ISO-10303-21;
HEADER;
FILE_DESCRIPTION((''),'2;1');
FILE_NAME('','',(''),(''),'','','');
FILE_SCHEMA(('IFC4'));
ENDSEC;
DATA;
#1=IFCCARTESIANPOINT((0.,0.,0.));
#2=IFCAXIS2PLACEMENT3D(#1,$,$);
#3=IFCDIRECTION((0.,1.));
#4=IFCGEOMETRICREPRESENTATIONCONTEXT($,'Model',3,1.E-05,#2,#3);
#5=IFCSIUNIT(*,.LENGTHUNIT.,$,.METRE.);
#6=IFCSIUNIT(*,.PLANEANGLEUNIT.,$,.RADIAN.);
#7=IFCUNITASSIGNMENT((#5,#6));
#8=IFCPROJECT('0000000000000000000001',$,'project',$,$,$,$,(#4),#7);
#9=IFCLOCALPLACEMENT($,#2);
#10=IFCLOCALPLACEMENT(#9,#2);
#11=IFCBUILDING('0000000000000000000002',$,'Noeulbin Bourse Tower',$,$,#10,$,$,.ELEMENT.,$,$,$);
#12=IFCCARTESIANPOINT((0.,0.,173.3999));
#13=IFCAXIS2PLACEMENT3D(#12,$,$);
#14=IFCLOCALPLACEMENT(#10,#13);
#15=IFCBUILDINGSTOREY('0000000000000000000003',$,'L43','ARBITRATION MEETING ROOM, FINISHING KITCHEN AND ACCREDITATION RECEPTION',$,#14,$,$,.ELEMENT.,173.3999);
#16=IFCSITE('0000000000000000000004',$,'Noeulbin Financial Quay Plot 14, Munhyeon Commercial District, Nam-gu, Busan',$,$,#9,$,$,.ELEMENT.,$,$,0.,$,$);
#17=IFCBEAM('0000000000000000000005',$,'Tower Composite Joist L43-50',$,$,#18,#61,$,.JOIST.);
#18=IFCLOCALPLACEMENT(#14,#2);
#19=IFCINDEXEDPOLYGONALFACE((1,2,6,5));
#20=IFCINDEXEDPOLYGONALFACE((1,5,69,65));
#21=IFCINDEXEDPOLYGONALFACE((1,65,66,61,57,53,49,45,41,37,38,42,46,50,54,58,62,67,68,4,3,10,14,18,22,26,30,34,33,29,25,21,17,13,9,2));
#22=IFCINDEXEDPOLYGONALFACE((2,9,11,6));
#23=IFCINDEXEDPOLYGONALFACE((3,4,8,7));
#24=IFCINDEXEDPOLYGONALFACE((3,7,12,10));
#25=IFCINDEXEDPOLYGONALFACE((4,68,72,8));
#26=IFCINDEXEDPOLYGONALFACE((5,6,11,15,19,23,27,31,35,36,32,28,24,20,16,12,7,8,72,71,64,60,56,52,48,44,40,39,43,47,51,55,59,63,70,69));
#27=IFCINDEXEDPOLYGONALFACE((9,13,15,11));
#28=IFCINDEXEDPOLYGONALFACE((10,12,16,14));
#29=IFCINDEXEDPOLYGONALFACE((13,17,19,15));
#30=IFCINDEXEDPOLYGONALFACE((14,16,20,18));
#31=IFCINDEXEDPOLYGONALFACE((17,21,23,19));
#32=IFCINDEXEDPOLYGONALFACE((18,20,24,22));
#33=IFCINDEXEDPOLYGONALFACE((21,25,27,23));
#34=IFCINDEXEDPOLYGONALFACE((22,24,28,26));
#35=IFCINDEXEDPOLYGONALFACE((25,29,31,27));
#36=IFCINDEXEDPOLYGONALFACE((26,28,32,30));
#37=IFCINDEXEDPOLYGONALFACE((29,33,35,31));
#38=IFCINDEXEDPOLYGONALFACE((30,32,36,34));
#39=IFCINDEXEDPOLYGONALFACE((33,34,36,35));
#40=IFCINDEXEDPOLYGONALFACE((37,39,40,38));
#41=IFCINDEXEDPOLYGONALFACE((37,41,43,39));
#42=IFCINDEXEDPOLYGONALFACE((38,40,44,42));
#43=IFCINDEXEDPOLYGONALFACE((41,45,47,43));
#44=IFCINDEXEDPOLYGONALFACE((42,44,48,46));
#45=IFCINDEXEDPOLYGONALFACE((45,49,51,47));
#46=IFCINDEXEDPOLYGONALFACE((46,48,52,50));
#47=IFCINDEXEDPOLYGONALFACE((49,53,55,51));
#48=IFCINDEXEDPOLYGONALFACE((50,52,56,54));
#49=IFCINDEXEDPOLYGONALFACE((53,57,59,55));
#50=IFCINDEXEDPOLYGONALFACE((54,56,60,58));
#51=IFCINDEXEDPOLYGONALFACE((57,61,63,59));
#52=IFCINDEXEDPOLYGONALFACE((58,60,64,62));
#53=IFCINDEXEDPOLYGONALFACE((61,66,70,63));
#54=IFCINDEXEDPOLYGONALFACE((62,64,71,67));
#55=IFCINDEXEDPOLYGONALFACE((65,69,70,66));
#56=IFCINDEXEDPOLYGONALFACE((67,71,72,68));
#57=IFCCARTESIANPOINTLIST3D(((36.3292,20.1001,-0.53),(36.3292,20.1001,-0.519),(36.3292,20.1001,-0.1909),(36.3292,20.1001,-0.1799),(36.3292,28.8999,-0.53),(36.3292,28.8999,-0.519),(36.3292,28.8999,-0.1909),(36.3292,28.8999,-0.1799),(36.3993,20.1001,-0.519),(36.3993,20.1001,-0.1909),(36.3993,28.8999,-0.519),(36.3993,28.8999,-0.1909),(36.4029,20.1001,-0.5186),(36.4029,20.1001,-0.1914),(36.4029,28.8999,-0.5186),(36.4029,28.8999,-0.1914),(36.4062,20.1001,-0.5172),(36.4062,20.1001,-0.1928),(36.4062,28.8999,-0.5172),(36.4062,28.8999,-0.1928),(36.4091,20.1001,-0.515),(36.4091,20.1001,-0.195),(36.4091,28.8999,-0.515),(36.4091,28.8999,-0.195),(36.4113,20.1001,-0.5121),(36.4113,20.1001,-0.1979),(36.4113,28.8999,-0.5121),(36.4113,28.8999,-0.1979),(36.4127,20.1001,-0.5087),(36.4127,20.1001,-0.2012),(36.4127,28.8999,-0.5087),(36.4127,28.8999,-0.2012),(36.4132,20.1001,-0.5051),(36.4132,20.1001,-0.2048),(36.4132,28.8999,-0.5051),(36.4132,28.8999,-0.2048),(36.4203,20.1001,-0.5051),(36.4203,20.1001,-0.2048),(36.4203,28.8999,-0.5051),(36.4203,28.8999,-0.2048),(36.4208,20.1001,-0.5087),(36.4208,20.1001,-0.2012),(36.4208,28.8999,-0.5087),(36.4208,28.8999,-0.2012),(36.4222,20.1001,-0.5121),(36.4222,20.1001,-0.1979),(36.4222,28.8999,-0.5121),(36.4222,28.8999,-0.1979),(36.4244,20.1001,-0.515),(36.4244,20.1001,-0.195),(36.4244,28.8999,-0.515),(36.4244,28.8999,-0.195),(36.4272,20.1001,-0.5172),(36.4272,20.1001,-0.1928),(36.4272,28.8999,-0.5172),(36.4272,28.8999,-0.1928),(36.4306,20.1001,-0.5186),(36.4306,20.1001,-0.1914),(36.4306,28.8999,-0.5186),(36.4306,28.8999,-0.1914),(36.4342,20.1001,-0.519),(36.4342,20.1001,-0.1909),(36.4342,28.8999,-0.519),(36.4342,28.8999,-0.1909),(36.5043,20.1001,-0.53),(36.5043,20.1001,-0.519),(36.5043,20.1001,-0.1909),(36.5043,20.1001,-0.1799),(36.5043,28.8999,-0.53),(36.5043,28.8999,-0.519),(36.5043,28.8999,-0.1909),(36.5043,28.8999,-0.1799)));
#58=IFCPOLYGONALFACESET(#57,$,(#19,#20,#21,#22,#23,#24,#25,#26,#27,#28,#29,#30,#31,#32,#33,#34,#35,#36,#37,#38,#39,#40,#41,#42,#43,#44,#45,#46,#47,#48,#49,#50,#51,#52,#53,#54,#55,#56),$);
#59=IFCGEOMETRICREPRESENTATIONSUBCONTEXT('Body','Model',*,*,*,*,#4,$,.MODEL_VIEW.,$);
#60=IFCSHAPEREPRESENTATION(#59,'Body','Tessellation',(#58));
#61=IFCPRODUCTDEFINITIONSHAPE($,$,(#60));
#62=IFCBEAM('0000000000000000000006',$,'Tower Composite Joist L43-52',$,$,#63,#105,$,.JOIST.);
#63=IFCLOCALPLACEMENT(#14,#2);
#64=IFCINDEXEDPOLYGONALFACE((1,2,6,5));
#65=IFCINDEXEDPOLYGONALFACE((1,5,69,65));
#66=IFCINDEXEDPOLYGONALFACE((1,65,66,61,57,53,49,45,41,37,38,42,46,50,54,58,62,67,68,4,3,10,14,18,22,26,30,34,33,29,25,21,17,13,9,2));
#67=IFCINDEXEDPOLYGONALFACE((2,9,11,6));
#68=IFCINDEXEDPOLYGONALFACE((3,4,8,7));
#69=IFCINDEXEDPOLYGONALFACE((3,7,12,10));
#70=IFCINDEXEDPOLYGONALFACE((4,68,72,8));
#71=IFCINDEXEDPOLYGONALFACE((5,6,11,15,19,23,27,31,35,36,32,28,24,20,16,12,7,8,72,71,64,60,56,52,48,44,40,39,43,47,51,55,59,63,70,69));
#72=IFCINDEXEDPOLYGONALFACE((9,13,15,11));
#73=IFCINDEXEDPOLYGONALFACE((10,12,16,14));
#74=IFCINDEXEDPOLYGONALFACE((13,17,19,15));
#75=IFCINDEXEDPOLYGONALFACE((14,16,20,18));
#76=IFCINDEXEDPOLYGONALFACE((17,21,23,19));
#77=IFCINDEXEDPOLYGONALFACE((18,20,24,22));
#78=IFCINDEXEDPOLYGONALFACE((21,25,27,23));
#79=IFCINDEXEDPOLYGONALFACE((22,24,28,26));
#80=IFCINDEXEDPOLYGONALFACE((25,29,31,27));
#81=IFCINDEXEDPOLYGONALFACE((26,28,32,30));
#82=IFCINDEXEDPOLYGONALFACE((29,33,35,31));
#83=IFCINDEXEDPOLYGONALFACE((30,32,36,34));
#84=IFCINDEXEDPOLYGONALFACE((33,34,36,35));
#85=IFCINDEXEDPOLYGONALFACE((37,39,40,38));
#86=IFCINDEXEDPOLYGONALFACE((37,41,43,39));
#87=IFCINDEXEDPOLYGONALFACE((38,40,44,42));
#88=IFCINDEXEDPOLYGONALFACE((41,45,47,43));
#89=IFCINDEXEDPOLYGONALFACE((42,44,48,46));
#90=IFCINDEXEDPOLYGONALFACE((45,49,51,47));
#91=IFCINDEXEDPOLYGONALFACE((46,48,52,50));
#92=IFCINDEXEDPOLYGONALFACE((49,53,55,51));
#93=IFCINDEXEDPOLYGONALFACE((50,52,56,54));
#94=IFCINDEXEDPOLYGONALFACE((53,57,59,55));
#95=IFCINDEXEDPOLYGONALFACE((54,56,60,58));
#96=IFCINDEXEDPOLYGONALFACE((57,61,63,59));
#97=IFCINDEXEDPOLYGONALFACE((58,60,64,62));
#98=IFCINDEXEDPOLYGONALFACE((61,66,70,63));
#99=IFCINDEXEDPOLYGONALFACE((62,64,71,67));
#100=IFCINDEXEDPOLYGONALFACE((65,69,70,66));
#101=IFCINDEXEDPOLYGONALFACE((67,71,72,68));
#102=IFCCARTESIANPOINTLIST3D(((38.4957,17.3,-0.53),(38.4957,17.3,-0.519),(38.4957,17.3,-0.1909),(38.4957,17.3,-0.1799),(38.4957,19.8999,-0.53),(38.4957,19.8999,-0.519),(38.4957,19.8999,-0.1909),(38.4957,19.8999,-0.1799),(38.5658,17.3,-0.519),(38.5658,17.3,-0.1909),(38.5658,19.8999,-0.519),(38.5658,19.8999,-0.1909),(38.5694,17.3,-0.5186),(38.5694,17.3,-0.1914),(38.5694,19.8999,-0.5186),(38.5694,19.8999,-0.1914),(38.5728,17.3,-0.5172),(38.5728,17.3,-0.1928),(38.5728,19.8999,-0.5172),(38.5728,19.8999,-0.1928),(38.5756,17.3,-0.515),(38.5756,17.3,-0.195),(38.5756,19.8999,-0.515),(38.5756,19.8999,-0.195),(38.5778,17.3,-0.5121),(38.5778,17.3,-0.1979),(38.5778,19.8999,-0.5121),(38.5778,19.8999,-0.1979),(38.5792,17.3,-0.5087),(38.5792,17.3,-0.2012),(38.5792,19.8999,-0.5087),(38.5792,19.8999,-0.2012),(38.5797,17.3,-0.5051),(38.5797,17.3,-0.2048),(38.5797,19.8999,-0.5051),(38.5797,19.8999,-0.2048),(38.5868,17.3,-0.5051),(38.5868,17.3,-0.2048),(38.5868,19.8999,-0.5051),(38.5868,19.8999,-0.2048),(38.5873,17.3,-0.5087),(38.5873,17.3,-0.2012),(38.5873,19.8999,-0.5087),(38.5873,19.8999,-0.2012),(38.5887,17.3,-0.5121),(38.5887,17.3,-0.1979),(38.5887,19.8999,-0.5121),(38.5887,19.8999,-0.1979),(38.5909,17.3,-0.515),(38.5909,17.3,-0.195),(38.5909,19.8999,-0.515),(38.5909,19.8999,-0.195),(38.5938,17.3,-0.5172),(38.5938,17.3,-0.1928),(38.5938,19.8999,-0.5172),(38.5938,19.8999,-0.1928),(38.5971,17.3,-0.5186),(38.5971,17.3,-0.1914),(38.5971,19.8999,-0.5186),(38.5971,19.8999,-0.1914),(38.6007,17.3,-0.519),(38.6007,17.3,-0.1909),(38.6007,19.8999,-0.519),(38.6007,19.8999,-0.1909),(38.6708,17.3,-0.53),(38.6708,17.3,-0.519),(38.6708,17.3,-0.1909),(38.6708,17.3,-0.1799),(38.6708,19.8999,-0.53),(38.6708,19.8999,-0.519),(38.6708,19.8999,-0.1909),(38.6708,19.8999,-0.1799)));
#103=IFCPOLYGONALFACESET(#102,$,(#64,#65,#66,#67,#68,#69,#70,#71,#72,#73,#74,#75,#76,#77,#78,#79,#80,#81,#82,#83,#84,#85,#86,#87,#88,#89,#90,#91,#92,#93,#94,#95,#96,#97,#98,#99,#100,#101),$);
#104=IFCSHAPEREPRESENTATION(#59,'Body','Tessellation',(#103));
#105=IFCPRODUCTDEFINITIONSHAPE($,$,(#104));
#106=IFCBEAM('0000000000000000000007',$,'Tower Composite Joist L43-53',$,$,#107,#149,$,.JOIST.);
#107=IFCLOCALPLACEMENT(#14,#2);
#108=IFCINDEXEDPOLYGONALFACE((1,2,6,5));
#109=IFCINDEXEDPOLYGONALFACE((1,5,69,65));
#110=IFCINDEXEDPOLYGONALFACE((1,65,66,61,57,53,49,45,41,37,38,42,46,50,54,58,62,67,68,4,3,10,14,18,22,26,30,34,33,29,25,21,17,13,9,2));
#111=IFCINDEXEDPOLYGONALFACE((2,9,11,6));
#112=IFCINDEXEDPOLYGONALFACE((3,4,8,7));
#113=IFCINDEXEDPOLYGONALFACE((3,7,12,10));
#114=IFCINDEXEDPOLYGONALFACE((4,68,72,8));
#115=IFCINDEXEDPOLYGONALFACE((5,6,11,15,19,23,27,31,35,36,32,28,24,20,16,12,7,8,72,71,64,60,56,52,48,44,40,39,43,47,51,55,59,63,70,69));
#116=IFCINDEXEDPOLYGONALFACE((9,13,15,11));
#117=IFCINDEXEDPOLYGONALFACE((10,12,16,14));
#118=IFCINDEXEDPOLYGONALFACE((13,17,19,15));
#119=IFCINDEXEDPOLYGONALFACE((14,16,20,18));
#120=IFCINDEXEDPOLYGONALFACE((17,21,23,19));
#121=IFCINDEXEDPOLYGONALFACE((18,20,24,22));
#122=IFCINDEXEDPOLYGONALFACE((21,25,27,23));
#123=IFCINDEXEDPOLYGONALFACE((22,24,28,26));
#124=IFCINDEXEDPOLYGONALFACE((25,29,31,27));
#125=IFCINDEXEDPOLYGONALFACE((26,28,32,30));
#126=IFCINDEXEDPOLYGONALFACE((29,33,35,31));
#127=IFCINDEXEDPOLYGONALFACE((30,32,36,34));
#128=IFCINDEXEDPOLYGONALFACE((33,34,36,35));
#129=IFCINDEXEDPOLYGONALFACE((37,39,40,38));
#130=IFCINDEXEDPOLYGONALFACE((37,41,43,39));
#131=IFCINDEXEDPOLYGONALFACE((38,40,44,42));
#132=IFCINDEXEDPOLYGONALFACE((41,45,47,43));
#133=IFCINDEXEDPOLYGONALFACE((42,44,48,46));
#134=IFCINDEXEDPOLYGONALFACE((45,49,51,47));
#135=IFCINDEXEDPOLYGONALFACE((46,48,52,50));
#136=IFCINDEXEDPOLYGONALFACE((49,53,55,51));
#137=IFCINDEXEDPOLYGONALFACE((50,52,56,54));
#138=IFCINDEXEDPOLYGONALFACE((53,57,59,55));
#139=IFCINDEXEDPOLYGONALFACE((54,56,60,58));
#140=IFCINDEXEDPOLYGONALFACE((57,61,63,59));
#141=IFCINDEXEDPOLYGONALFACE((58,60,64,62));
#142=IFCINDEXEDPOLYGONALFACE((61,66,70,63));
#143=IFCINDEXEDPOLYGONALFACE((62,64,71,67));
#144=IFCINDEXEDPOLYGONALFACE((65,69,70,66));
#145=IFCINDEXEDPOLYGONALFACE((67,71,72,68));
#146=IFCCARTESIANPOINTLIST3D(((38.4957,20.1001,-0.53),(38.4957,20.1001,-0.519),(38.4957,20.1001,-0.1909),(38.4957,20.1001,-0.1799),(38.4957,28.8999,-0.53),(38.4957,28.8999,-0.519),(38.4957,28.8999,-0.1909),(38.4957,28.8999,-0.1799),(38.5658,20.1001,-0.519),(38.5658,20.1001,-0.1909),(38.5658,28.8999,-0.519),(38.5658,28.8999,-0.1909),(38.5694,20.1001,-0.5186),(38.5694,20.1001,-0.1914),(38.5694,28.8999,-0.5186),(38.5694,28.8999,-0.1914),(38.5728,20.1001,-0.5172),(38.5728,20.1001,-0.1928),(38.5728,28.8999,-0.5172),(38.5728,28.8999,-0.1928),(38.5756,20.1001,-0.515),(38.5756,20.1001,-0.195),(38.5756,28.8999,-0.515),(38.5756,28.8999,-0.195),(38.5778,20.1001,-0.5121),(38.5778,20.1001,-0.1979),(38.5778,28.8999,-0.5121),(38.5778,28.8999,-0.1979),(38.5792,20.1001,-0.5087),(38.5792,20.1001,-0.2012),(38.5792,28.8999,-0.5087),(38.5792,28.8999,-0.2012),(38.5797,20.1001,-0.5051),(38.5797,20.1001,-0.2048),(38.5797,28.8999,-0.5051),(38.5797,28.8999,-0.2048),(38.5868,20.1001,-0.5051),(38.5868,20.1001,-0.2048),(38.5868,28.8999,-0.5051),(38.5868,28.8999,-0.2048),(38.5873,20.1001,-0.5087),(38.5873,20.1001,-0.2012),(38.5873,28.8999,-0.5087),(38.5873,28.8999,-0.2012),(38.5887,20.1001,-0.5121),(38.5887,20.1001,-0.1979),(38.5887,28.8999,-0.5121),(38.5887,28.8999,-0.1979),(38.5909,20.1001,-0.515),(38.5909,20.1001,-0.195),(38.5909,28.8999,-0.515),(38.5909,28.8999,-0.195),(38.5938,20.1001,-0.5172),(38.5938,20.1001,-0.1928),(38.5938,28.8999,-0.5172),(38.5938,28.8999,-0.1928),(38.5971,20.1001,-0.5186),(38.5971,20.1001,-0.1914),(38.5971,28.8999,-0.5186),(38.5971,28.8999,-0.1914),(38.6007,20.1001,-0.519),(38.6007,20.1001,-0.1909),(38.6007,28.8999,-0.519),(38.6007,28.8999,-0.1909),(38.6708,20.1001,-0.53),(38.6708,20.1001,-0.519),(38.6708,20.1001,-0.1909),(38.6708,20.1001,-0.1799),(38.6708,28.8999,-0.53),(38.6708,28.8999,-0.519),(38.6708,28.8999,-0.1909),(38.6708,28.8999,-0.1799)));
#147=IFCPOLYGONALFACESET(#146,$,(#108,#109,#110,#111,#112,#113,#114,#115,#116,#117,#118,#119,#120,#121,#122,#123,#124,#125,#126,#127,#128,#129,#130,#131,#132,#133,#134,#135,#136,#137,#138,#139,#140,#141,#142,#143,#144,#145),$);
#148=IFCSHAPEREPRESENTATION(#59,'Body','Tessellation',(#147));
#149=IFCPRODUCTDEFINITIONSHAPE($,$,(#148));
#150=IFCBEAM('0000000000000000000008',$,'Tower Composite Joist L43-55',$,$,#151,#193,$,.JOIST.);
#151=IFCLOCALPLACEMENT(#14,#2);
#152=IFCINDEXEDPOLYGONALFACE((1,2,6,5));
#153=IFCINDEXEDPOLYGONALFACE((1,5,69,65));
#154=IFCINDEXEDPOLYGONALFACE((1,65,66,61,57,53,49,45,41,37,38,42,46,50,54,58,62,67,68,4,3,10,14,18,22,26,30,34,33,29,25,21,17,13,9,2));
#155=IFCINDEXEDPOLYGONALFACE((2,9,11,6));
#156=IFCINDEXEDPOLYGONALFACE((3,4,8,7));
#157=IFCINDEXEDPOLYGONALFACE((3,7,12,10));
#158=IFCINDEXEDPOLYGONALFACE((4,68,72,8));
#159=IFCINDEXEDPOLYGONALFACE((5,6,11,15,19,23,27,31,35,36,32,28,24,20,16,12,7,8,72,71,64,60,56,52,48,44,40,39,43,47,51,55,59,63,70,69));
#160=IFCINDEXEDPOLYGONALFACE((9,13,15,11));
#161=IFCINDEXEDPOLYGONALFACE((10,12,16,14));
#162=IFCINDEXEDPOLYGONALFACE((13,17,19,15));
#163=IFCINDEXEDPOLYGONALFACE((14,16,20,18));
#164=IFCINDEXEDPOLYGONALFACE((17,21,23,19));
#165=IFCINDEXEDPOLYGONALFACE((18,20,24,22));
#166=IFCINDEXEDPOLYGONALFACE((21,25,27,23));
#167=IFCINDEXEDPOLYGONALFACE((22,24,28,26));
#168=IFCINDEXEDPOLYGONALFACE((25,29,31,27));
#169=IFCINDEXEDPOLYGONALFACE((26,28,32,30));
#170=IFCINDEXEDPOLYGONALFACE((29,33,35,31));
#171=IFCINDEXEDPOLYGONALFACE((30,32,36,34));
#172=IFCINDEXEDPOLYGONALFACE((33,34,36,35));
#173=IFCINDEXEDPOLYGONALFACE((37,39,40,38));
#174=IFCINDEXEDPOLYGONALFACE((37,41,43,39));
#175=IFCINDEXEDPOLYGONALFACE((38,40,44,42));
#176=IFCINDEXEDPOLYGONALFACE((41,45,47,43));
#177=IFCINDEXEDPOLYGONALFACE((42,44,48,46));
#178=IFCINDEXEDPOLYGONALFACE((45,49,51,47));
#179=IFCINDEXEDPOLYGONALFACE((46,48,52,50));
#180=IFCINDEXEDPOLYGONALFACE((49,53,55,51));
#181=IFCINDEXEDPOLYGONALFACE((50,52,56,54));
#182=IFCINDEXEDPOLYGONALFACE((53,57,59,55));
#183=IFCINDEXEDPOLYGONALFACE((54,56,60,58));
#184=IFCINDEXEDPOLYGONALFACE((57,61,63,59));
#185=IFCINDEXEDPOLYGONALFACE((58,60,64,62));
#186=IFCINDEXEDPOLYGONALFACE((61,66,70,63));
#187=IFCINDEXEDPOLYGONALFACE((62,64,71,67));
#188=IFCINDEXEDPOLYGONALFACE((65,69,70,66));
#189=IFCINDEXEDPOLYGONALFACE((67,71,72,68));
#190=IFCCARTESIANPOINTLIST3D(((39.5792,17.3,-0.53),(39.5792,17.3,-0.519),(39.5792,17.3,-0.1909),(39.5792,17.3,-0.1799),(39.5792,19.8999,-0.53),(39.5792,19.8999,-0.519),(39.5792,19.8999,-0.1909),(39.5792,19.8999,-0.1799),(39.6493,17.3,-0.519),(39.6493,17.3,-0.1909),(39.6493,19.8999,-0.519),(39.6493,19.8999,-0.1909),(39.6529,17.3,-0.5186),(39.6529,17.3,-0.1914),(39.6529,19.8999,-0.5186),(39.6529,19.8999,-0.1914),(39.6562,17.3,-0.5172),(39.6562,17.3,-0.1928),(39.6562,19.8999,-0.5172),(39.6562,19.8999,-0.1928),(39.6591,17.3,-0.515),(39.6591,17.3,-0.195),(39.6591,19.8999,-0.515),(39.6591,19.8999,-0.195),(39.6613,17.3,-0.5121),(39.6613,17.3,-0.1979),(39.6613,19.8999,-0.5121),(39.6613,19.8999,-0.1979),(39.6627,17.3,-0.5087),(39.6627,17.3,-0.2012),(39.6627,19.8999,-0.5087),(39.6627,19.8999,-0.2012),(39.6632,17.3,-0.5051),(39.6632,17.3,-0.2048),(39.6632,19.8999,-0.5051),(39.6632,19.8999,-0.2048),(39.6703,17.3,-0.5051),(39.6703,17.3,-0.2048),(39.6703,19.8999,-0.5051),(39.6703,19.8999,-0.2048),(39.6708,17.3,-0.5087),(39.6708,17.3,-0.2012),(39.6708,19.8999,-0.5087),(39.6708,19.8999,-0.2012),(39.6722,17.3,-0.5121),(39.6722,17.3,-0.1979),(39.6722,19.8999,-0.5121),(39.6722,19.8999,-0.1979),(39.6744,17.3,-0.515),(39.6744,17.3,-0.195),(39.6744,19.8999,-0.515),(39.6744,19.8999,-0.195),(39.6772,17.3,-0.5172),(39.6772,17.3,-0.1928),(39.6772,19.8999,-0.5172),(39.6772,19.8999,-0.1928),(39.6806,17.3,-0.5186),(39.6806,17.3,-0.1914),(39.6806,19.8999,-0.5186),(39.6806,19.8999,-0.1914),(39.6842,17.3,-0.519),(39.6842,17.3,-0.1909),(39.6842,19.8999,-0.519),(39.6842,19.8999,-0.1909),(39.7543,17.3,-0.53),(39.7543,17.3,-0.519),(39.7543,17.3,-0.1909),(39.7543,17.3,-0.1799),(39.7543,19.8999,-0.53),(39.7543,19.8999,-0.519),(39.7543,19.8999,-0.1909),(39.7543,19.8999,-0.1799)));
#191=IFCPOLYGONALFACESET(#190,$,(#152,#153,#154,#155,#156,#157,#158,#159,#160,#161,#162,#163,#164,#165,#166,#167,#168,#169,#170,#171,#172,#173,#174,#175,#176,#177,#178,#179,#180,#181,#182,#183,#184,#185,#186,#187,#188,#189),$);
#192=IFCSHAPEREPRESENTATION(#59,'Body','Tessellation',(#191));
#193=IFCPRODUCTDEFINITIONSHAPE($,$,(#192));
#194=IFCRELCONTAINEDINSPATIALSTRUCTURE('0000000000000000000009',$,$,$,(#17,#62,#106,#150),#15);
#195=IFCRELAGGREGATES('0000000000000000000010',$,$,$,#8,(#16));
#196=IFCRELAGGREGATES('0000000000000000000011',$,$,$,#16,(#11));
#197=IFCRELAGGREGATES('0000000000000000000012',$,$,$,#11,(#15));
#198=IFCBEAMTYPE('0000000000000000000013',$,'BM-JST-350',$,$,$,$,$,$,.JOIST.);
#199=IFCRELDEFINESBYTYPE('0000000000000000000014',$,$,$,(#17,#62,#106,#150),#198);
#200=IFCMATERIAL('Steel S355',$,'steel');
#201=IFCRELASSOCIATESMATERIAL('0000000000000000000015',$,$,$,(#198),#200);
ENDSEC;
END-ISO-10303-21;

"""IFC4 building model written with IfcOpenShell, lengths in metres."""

from ifc_helpers import new_model, si_unit, direction, frame, origin, origin_2d, place, context, subcontext, project, spatial, i_section, extrude, material, material_profile, profile_set, type_object, element, save


model = new_model("IFC4")

# Units and contexts
model_context = context("Model", 3, precision=1e-05, world=origin(), true_north=direction((0.0, 1.0)))
body_context = subcontext(model_context, "Body", "Model", "MODEL_VIEW")
ifc_project = project(units=[si_unit("LENGTHUNIT", "METRE"), si_unit("PLANEANGLEUNIT", "RADIAN")], contexts=[model_context])

# Site, building, storey
site_placement = place(None, origin())
site = spatial("IfcSite", under=ifc_project, at=site_placement, Name="Noeulbin Financial Quay Plot 14, Munhyeon Commercial District, Nam-gu, Busan", CompositionType="ELEMENT", RefElevation=0.0)
building_placement = place(site_placement, origin())
building = spatial("IfcBuilding", under=site, at=building_placement, Name="Noeulbin Bourse Tower", CompositionType="ELEMENT")
storey_placement = place(building_placement, frame((0.0, 0.0, 173.3999)))
storey = spatial("IfcBuildingStorey", under=building, at=storey_placement, Name="L43", Description="ARBITRATION MEETING ROOM, FINISHING KITCHEN AND ACCREDITATION RECEPTION", CompositionType="ELEMENT", Elevation=173.3999)

# Beams
ifc_material_1 = material(Name="Steel S355", Category="steel")
ifc_material_profile_1 = material_profile(ifc_material_1, i_section(OverallWidth=0.175, OverallDepth=0.3501, WebThickness=0.0071, FlangeThickness=0.011, FilletRadius=0.0139, at=origin_2d()), Name="H-350x175x7x11", Category="LoadBearing")
ifc_profile_set_1 = profile_set([ifc_material_profile_1], Name="Steel S355")
beam_type_1 = type_object("IfcBeamType", Name="BM-JST-350", PredefinedType="JOIST", material=ifc_profile_set_1)
beam_1_placement = place(storey_placement, frame((36.4167, 20.1001, -0.355), z_axis=(0.0, 1.0, 0.0), x_axis=(-1.0, 0.0, 0.0)))
element("IfcBeam", 1, at=beam_1_placement, inside=storey, type_object=beam_type_1, Name="Tower Composite Joist L43-50", PredefinedType="JOIST", context=body_context, shape_type="SweptSolid", body=[
    extrude(i_section(OverallWidth=0.175, OverallDepth=0.3501, WebThickness=0.0071, FlangeThickness=0.011, FilletRadius=0.0139, at=origin_2d()), origin(), (0.0, 0.0, 1.0), 8.7998),
])
beam_2_placement = place(storey_placement, frame((38.5833, 17.3, -0.355), z_axis=(0.0, 1.0, 0.0), x_axis=(-1.0, 0.0, 0.0)))
element("IfcBeam", 2, at=beam_2_placement, inside=storey, type_object=beam_type_1, Name="Tower Composite Joist L43-52", PredefinedType="JOIST", context=body_context, shape_type="SweptSolid", body=[
    extrude(i_section(OverallWidth=0.175, OverallDepth=0.3501, WebThickness=0.0071, FlangeThickness=0.011, FilletRadius=0.0139, at=origin_2d()), origin(), (0.0, 0.0, 1.0), 2.5999),
])
beam_3_placement = place(storey_placement, frame((38.5833, 20.1001, -0.355), z_axis=(0.0, 1.0, 0.0), x_axis=(-1.0, 0.0, 0.0)))
element("IfcBeam", 3, at=beam_3_placement, inside=storey, type_object=beam_type_1, Name="Tower Composite Joist L43-53", PredefinedType="JOIST", context=body_context, shape_type="SweptSolid", body=[
    extrude(i_section(OverallWidth=0.175, OverallDepth=0.3501, WebThickness=0.0071, FlangeThickness=0.011, FilletRadius=0.0139, at=origin_2d()), origin(), (0.0, 0.0, 1.0), 8.7998),
])
beam_4_placement = place(storey_placement, frame((39.6667, 17.3, -0.355), z_axis=(0.0, 1.0, 0.0), x_axis=(-1.0, 0.0, 0.0)))
element("IfcBeam", 4, at=beam_4_placement, inside=storey, type_object=beam_type_1, Name="Tower Composite Joist L43-55", PredefinedType="JOIST", context=body_context, shape_type="SweptSolid", body=[
    extrude(i_section(OverallWidth=0.175, OverallDepth=0.3501, WebThickness=0.0071, FlangeThickness=0.011, FilletRadius=0.0139, at=origin_2d()), origin(), (0.0, 0.0, 1.0), 2.5999),
])

save(model, "model.ifc")
